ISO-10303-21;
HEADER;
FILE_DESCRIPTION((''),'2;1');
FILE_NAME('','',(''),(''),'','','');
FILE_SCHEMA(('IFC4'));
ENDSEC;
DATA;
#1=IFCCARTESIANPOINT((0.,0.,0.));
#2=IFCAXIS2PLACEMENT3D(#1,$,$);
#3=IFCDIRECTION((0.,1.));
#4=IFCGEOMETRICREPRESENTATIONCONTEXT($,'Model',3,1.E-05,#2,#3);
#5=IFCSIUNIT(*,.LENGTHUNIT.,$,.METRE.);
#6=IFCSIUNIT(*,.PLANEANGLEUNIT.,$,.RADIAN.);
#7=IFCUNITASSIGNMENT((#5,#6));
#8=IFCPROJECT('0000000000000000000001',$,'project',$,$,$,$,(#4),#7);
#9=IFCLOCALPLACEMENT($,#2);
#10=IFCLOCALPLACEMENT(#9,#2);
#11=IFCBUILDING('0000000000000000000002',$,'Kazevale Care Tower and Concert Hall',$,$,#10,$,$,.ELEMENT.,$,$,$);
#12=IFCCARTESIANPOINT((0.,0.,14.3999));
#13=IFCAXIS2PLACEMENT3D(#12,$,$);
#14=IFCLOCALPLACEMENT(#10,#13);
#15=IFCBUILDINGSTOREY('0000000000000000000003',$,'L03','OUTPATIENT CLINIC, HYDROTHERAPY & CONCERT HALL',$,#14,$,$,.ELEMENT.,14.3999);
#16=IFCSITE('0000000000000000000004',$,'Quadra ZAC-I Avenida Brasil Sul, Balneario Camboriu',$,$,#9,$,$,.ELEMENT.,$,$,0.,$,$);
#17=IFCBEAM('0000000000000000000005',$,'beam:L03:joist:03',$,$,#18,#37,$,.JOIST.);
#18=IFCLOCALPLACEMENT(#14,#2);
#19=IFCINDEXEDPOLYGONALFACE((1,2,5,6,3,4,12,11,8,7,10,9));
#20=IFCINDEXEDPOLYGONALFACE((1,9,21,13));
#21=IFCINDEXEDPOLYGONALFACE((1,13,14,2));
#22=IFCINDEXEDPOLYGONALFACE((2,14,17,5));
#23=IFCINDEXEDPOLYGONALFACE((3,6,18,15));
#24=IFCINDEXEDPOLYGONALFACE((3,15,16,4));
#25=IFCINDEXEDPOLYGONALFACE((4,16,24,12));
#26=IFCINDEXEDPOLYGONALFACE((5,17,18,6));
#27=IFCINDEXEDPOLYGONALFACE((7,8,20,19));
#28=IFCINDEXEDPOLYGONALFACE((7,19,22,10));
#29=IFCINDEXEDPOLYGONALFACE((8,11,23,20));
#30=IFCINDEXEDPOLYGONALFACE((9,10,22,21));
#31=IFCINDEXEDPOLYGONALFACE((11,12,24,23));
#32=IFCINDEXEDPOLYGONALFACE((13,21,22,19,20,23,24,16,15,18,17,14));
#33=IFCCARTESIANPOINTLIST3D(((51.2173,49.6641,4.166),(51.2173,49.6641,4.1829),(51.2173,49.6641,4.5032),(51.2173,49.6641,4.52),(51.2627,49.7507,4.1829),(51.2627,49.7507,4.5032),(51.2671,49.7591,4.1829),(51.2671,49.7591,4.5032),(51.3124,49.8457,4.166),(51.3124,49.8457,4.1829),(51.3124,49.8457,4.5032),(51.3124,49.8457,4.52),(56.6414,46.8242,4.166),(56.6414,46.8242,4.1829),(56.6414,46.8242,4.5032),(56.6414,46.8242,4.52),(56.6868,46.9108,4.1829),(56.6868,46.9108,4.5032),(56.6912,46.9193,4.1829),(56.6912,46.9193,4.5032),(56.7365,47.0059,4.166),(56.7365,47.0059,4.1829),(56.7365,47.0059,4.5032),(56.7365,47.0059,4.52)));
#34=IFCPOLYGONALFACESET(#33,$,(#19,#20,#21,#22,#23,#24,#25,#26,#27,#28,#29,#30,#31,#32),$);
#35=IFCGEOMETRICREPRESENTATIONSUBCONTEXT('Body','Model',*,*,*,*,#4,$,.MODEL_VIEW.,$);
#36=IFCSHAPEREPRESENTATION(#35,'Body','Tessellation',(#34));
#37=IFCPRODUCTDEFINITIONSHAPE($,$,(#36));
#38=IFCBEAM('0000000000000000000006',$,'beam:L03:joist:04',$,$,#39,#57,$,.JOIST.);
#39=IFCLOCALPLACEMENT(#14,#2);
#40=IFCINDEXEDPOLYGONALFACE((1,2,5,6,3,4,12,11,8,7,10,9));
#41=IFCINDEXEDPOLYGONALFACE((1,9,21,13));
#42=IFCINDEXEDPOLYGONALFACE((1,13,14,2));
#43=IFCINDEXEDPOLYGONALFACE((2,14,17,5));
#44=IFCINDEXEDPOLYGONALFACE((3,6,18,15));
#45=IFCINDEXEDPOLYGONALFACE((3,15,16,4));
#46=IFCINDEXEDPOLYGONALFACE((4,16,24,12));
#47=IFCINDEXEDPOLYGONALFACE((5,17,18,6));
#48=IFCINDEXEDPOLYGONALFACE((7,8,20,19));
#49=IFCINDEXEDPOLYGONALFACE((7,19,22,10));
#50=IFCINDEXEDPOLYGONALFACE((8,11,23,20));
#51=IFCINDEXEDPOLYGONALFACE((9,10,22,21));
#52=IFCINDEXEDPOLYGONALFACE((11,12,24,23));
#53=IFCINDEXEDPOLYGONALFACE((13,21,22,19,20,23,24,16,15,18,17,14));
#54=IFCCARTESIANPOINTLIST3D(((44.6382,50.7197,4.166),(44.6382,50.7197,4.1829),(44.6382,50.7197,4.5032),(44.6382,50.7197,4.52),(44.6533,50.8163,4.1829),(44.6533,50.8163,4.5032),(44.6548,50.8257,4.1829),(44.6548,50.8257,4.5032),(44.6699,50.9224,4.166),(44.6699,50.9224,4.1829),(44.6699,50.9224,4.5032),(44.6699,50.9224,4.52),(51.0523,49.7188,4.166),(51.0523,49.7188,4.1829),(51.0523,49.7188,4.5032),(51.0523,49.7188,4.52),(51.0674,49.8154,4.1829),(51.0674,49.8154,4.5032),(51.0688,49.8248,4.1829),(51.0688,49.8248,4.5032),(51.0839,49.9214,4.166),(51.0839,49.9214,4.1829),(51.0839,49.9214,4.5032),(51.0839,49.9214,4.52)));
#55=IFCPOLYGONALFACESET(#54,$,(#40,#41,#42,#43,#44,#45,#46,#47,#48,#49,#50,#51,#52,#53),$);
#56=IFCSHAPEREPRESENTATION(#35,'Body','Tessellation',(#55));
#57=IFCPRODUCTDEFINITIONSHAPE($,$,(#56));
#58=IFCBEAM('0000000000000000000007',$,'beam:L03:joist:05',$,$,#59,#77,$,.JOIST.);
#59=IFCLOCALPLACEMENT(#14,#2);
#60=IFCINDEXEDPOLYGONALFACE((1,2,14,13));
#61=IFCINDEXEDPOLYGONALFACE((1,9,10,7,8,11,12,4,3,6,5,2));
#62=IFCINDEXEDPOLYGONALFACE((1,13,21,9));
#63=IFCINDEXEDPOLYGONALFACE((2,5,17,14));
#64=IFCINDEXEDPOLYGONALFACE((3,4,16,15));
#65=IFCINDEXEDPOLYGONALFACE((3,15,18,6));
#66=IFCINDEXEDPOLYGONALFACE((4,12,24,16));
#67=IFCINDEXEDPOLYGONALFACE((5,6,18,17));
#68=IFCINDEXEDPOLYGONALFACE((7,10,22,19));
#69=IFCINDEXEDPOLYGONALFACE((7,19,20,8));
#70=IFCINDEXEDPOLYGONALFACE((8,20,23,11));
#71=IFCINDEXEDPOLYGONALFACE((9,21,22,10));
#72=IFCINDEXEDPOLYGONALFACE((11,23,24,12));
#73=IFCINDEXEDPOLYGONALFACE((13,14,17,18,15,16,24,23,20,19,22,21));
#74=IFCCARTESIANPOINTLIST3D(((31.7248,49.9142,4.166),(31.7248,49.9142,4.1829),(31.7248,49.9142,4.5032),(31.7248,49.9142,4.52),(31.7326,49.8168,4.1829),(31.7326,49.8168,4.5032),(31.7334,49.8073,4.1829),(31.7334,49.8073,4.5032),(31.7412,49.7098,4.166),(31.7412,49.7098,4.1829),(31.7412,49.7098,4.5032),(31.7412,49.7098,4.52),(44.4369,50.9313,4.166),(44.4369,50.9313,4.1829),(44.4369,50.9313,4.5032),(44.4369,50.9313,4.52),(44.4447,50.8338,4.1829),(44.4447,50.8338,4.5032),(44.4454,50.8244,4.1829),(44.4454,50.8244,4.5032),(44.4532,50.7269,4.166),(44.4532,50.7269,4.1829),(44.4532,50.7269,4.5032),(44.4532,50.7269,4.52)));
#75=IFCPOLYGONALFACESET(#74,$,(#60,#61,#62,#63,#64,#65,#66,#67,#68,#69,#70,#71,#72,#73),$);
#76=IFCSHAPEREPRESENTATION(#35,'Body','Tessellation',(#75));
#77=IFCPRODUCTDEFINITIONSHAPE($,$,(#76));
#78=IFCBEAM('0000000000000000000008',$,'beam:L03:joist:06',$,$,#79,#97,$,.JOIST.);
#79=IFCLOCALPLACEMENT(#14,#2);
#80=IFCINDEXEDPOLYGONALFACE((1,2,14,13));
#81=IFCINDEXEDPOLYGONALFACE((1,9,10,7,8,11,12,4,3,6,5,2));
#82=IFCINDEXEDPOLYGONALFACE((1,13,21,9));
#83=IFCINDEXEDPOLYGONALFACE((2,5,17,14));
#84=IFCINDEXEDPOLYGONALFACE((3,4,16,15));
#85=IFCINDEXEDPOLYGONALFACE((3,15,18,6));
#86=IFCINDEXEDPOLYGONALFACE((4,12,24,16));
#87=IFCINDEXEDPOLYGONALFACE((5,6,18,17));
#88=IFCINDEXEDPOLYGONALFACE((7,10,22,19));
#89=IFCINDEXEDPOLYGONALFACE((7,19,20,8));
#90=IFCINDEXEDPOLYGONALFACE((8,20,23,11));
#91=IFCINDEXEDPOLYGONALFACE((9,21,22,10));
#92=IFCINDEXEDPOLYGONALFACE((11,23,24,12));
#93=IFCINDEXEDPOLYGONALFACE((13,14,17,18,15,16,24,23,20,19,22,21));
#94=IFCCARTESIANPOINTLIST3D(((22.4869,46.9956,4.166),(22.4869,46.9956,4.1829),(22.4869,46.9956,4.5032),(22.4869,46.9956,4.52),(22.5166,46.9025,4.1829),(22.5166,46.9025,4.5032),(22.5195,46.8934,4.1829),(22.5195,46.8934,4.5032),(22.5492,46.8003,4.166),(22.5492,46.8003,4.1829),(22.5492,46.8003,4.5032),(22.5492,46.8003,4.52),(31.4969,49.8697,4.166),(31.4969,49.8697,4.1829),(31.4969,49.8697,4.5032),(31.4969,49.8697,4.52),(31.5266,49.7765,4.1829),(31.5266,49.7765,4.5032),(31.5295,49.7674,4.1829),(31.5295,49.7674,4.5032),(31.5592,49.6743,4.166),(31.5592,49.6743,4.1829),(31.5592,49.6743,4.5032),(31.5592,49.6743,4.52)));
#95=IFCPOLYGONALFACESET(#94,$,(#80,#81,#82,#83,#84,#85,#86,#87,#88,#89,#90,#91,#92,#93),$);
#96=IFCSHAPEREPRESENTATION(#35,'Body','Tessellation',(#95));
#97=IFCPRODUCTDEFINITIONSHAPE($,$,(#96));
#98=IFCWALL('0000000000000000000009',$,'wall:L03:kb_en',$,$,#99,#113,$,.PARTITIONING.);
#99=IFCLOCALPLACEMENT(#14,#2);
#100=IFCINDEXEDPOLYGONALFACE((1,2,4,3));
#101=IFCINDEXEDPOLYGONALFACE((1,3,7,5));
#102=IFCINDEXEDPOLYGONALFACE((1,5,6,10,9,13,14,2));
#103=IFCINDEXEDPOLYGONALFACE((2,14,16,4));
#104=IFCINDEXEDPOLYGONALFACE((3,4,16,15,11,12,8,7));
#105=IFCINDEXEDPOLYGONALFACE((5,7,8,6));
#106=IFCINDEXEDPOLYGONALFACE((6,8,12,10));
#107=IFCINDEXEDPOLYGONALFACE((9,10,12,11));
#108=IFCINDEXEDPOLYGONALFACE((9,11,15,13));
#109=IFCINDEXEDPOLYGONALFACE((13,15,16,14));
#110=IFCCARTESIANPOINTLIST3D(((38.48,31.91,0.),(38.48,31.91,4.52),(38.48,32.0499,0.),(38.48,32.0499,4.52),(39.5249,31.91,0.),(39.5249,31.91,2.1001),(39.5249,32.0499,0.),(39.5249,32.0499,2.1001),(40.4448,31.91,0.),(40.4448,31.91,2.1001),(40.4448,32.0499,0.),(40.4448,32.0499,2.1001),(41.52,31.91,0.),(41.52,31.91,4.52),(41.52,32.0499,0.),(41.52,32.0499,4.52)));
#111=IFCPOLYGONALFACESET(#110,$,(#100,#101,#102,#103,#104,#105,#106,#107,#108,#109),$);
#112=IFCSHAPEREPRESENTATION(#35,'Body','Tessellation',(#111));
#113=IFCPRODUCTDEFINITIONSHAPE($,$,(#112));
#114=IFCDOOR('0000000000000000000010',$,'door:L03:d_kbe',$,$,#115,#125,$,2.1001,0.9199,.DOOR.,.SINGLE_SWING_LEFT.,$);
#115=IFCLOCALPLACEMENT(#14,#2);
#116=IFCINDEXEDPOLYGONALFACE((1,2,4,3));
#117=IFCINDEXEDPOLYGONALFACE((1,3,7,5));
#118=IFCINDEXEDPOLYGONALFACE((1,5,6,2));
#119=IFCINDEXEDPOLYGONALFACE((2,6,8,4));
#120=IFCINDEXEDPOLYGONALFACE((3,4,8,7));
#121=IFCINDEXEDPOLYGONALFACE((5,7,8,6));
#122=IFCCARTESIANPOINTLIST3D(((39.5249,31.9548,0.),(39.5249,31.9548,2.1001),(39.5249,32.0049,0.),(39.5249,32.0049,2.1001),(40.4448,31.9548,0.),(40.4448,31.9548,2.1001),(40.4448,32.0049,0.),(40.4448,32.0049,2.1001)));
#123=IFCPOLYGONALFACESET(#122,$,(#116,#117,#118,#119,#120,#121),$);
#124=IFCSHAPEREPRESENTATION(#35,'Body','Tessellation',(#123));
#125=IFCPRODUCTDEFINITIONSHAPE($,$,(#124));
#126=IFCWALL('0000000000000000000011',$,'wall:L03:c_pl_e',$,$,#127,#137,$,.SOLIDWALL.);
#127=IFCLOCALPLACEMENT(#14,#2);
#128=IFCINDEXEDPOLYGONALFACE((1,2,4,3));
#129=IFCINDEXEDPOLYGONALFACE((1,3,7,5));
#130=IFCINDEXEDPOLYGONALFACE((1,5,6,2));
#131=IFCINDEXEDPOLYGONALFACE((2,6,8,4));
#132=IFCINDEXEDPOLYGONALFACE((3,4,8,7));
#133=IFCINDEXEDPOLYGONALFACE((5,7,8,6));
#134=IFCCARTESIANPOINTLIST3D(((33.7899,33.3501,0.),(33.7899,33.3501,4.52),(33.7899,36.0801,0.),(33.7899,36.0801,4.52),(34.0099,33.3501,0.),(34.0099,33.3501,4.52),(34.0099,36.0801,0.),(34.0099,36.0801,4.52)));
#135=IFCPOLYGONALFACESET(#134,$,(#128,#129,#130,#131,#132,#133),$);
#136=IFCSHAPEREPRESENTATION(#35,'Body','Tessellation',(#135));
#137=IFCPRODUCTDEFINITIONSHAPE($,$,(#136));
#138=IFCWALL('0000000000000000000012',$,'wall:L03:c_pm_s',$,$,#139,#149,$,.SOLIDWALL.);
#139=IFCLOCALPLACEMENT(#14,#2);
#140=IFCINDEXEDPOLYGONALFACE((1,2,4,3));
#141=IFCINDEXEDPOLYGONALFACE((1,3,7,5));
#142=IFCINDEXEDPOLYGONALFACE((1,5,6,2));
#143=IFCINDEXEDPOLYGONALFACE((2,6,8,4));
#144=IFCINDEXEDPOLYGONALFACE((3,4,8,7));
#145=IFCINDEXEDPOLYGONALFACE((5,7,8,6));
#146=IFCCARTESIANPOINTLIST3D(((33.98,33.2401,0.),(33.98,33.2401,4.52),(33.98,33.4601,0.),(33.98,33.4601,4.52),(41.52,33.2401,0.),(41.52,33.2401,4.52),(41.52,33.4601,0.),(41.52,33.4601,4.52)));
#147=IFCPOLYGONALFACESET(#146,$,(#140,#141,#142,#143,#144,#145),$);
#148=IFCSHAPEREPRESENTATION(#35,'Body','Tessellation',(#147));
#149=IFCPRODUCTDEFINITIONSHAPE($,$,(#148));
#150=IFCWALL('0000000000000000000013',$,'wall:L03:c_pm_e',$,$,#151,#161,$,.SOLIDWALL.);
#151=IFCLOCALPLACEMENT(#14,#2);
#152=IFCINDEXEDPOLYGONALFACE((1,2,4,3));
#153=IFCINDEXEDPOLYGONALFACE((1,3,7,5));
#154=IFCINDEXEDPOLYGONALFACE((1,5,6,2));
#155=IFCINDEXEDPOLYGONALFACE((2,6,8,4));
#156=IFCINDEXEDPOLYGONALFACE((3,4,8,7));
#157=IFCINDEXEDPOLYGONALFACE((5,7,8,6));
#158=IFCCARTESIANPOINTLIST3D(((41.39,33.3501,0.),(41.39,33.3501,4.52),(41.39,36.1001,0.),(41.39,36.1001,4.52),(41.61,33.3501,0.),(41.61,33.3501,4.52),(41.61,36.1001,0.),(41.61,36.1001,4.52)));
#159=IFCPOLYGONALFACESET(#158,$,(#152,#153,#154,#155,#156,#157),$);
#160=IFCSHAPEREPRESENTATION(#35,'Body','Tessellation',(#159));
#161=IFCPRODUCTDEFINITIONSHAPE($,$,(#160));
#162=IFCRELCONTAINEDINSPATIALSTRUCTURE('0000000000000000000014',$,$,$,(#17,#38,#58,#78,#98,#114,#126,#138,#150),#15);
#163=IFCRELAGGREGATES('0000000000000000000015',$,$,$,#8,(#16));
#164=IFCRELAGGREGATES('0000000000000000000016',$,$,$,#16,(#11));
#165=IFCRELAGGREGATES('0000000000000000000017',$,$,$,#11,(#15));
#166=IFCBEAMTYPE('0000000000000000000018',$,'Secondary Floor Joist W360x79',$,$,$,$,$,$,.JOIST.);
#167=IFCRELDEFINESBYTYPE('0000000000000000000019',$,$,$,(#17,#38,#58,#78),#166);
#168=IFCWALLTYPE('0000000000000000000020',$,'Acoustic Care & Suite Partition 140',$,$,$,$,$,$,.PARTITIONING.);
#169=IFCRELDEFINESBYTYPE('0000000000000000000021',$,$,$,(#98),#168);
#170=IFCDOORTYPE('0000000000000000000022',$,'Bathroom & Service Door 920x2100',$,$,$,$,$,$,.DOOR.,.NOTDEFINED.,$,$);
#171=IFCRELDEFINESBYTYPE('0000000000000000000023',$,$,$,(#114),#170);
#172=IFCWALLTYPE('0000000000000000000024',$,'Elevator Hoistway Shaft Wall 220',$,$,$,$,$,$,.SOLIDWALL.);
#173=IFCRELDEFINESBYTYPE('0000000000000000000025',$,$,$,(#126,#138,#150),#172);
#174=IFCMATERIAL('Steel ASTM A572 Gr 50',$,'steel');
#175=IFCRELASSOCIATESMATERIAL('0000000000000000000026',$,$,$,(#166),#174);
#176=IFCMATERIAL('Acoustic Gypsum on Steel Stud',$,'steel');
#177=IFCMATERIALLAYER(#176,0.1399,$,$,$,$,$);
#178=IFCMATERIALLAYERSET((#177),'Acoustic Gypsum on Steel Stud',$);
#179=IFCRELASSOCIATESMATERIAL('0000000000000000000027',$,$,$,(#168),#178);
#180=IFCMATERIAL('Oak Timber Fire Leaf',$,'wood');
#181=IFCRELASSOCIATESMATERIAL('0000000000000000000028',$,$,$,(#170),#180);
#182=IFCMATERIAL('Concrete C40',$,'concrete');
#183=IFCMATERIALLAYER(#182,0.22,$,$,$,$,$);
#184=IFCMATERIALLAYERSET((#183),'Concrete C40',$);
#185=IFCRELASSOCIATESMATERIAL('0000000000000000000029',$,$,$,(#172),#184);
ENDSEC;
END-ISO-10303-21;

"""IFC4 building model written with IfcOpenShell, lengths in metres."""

from ifc_helpers import new_model, si_unit, direction, frame, frame_2d, origin, origin_2d, place, context, subcontext, project, spatial, rectangle, i_section, extrude, material, layer, layer_set, material_profile, profile_set, type_object, element, fill, save


model = new_model("IFC4")

# Units and contexts
model_context = context("Model", 3, precision=1e-05, world=origin(), true_north=direction((0.0, 1.0)))
body_context = subcontext(model_context, "Body", "Model", "MODEL_VIEW")
ifc_project = project(units=[si_unit("LENGTHUNIT", "METRE"), si_unit("PLANEANGLEUNIT", "RADIAN")], contexts=[model_context])

# Site, building, storey
site_placement = place(None, origin())
site = spatial("IfcSite", under=ifc_project, at=site_placement, Name="Quadra ZAC-I Avenida Brasil Sul, Balneario Camboriu", CompositionType="ELEMENT", RefElevation=0.0)
building_placement = place(site_placement, origin())
building = spatial("IfcBuilding", under=site, at=building_placement, Name="Kazevale Care Tower and Concert Hall", CompositionType="ELEMENT")
storey_placement = place(building_placement, frame((0.0, 0.0, 14.3999)))
storey = spatial("IfcBuildingStorey", under=building, at=storey_placement, Name="L03", Description="OUTPATIENT CLINIC, HYDROTHERAPY & CONCERT HALL", CompositionType="ELEMENT", Elevation=14.3999)

# Beams
ifc_material_1 = material(Name="Steel ASTM A572 Gr 50", Category="steel")
ifc_material_profile_1 = material_profile(ifc_material_1, i_section(OverallWidth=0.2051, OverallDepth=0.354, WebThickness=0.0095, FlangeThickness=0.0168, at=origin_2d()), Name="W360x79")
ifc_profile_set_1 = profile_set([ifc_material_profile_1], Name="Steel ASTM A572 Gr 50")
beam_type_1 = type_object("IfcBeamType", Name="Secondary Floor Joist W360x79", PredefinedType="JOIST", material=ifc_profile_set_1)
beam_1_placement = place(storey_placement, frame((56.689, 46.915, 4.343), z_axis=(-0.885921, 0.463836, 0.0), x_axis=(-0.463836, -0.885921, 0.0)))
element("IfcBeam", 1, at=beam_1_placement, inside=storey, type_object=beam_type_1, Name="beam:L03:joist:03", PredefinedType="JOIST", context=body_context, shape_type="SweptSolid", body=[
    extrude(i_section(OverallWidth=0.2051, OverallDepth=0.354, WebThickness=0.0095, FlangeThickness=0.0168, at=origin_2d()), origin(), (0.0, 0.0, 1.0), 6.1226),
])
beam_2_placement = place(storey_placement, frame((51.0681, 49.8201, 4.343), z_axis=(-0.988041, 0.154193, 0.0), x_axis=(-0.154193, -0.988041, 0.0)))
element("IfcBeam", 2, at=beam_2_placement, inside=storey, type_object=beam_type_1, Name="beam:L03:joist:04", PredefinedType="JOIST", context=body_context, shape_type="SweptSolid", body=[
    extrude(i_section(OverallWidth=0.2051, OverallDepth=0.354, WebThickness=0.0095, FlangeThickness=0.0168, at=origin_2d()), origin(), (0.0, 0.0, 1.0), 6.4917),
])
beam_3_placement = place(storey_placement, frame((44.4451, 50.8291, 4.343), z_axis=(-0.996815, -0.079754, 0.0), x_axis=(0.079754, -0.996815, 0.0)))
element("IfcBeam", 3, at=beam_3_placement, inside=storey, type_object=beam_type_1, Name="beam:L03:joist:05", PredefinedType="JOIST", context=body_context, shape_type="SweptSolid", body=[
    extrude(i_section(OverallWidth=0.2051, OverallDepth=0.354, WebThickness=0.0095, FlangeThickness=0.0168, at=origin_2d()), origin(), (0.0, 0.0, 1.0), 12.7527),
])
beam_4_placement = place(storey_placement, frame((31.5281, 49.772, 4.343), z_axis=(-0.952705, -0.303895, 0.0), x_axis=(0.303895, -0.952705, 0.0)))
element("IfcBeam", 4, at=beam_4_placement, inside=storey, type_object=beam_type_1, Name="beam:L03:joist:06", PredefinedType="JOIST", context=body_context, shape_type="SweptSolid", body=[
    extrude(i_section(OverallWidth=0.2051, OverallDepth=0.354, WebThickness=0.0095, FlangeThickness=0.0168, at=origin_2d()), origin(), (0.0, 0.0, 1.0), 9.4573),
])

# Wall, opening, door
ifc_material_2 = material(Name="Acoustic Gypsum on Steel Stud", Category="steel")
ifc_layer_1 = layer(ifc_material_2, 0.1399)
ifc_layer_set_1 = layer_set([ifc_layer_1], Name="Acoustic Gypsum on Steel Stud")
wall_type_1 = type_object("IfcWallType", Name="Acoustic Care & Suite Partition 140", PredefinedType="PARTITIONING", material=ifc_layer_set_1)
wall_1_placement = place(storey_placement, frame((38.48, 31.98, 0.0), z_axis=(0.0, 0.0, 1.0), x_axis=(1.0, 0.0, 0.0)))
wall_1 = element("IfcWall", 5, at=wall_1_placement, inside=storey, type_object=wall_type_1, Name="wall:L03:kb_en", PredefinedType="PARTITIONING", context=body_context, shape_type="SweptSolid", body=[
    extrude(rectangle(XDim=3.04, YDim=0.1399, at=frame_2d((1.52, 0.0))), origin(), (0.0, 0.0, 1.0), 4.52),
])
opening_1_placement = place(wall_1_placement, frame((1.0449, 0.0, 0.0)))
opening_1 = element("IfcOpeningElement", 6, at=opening_1_placement, cuts=wall_1, PredefinedType="OPENING", context=body_context, shape_type="SweptSolid", body=[
    extrude(rectangle(XDim=0.9199, YDim=2.1001, at=frame_2d((0.46, 1.05))), frame((0.0, 0.0798, 0.0), z_axis=(0.0, -1.0, 0.0), x_axis=(1.0, 0.0, 0.0)), (0.0, 0.0, 1.0), 0.1599),
])
ifc_material_3 = material(Name="Oak Timber Fire Leaf", Category="wood")
door_type_1 = type_object("IfcDoorType", Name="Bathroom & Service Door 920x2100", OperationType="NOTDEFINED", PredefinedType="DOOR", material=ifc_material_3)
door_1_placement = place(opening_1_placement, origin())
door_1 = element("IfcDoor", 7, at=door_1_placement, inside=storey, type_object=door_type_1, Name="door:L03:d_kbe", OperationType="SINGLE_SWING_LEFT", OverallHeight=2.1001, OverallWidth=0.9199, PredefinedType="DOOR", context=body_context, shape_type="SweptSolid", body=[
    extrude(rectangle(XDim=0.9199, YDim=2.1001, at=frame_2d((0.46, 1.05))), frame((0.0, 0.0249, 0.0), z_axis=(0.0, -1.0, 0.0), x_axis=(1.0, 0.0, 0.0)), (0.0, 0.0, 1.0), 0.05),
])
fill(opening_1, door_1)

# Walls
ifc_material_4 = material(Name="Concrete C40", Category="concrete")
ifc_layer_2 = layer(ifc_material_4, 0.22)
ifc_layer_set_2 = layer_set([ifc_layer_2], Name="Concrete C40")
wall_type_2 = type_object("IfcWallType", Name="Elevator Hoistway Shaft Wall 220", PredefinedType="SOLIDWALL", material=ifc_layer_set_2)
wall_2_placement = place(storey_placement, frame((33.8999, 33.3501, 0.0), z_axis=(0.0, 0.0, 1.0), x_axis=(0.0, 1.0, 0.0)))
element("IfcWall", 8, at=wall_2_placement, inside=storey, type_object=wall_type_2, Name="wall:L03:c_pl_e", PredefinedType="SOLIDWALL", context=body_context, shape_type="SweptSolid", body=[
    extrude(rectangle(XDim=2.73, YDim=0.22, at=frame_2d((1.365, 0.0))), origin(), (0.0, 0.0, 1.0), 4.52),
])
wall_3_placement = place(storey_placement, frame((33.98, 33.3501, 0.0), z_axis=(0.0, 0.0, 1.0), x_axis=(1.0, 0.0, 0.0)))
element("IfcWall", 9, at=wall_3_placement, inside=storey, type_object=wall_type_2, Name="wall:L03:c_pm_s", PredefinedType="SOLIDWALL", context=body_context, shape_type="SweptSolid", body=[
    extrude(rectangle(XDim=7.54, YDim=0.22, at=frame_2d((3.77, 0.0))), origin(), (0.0, 0.0, 1.0), 4.52),
])
wall_4_placement = place(storey_placement, frame((41.5, 33.3501, 0.0), z_axis=(0.0, 0.0, 1.0), x_axis=(0.0, 1.0, 0.0)))
element("IfcWall", 10, at=wall_4_placement, inside=storey, type_object=wall_type_2, Name="wall:L03:c_pm_e", PredefinedType="SOLIDWALL", context=body_context, shape_type="SweptSolid", body=[
    extrude(rectangle(XDim=2.75, YDim=0.22, at=frame_2d((1.375, 0.0))), origin(), (0.0, 0.0, 1.0), 4.52),
])

save(model, "model.ifc")
